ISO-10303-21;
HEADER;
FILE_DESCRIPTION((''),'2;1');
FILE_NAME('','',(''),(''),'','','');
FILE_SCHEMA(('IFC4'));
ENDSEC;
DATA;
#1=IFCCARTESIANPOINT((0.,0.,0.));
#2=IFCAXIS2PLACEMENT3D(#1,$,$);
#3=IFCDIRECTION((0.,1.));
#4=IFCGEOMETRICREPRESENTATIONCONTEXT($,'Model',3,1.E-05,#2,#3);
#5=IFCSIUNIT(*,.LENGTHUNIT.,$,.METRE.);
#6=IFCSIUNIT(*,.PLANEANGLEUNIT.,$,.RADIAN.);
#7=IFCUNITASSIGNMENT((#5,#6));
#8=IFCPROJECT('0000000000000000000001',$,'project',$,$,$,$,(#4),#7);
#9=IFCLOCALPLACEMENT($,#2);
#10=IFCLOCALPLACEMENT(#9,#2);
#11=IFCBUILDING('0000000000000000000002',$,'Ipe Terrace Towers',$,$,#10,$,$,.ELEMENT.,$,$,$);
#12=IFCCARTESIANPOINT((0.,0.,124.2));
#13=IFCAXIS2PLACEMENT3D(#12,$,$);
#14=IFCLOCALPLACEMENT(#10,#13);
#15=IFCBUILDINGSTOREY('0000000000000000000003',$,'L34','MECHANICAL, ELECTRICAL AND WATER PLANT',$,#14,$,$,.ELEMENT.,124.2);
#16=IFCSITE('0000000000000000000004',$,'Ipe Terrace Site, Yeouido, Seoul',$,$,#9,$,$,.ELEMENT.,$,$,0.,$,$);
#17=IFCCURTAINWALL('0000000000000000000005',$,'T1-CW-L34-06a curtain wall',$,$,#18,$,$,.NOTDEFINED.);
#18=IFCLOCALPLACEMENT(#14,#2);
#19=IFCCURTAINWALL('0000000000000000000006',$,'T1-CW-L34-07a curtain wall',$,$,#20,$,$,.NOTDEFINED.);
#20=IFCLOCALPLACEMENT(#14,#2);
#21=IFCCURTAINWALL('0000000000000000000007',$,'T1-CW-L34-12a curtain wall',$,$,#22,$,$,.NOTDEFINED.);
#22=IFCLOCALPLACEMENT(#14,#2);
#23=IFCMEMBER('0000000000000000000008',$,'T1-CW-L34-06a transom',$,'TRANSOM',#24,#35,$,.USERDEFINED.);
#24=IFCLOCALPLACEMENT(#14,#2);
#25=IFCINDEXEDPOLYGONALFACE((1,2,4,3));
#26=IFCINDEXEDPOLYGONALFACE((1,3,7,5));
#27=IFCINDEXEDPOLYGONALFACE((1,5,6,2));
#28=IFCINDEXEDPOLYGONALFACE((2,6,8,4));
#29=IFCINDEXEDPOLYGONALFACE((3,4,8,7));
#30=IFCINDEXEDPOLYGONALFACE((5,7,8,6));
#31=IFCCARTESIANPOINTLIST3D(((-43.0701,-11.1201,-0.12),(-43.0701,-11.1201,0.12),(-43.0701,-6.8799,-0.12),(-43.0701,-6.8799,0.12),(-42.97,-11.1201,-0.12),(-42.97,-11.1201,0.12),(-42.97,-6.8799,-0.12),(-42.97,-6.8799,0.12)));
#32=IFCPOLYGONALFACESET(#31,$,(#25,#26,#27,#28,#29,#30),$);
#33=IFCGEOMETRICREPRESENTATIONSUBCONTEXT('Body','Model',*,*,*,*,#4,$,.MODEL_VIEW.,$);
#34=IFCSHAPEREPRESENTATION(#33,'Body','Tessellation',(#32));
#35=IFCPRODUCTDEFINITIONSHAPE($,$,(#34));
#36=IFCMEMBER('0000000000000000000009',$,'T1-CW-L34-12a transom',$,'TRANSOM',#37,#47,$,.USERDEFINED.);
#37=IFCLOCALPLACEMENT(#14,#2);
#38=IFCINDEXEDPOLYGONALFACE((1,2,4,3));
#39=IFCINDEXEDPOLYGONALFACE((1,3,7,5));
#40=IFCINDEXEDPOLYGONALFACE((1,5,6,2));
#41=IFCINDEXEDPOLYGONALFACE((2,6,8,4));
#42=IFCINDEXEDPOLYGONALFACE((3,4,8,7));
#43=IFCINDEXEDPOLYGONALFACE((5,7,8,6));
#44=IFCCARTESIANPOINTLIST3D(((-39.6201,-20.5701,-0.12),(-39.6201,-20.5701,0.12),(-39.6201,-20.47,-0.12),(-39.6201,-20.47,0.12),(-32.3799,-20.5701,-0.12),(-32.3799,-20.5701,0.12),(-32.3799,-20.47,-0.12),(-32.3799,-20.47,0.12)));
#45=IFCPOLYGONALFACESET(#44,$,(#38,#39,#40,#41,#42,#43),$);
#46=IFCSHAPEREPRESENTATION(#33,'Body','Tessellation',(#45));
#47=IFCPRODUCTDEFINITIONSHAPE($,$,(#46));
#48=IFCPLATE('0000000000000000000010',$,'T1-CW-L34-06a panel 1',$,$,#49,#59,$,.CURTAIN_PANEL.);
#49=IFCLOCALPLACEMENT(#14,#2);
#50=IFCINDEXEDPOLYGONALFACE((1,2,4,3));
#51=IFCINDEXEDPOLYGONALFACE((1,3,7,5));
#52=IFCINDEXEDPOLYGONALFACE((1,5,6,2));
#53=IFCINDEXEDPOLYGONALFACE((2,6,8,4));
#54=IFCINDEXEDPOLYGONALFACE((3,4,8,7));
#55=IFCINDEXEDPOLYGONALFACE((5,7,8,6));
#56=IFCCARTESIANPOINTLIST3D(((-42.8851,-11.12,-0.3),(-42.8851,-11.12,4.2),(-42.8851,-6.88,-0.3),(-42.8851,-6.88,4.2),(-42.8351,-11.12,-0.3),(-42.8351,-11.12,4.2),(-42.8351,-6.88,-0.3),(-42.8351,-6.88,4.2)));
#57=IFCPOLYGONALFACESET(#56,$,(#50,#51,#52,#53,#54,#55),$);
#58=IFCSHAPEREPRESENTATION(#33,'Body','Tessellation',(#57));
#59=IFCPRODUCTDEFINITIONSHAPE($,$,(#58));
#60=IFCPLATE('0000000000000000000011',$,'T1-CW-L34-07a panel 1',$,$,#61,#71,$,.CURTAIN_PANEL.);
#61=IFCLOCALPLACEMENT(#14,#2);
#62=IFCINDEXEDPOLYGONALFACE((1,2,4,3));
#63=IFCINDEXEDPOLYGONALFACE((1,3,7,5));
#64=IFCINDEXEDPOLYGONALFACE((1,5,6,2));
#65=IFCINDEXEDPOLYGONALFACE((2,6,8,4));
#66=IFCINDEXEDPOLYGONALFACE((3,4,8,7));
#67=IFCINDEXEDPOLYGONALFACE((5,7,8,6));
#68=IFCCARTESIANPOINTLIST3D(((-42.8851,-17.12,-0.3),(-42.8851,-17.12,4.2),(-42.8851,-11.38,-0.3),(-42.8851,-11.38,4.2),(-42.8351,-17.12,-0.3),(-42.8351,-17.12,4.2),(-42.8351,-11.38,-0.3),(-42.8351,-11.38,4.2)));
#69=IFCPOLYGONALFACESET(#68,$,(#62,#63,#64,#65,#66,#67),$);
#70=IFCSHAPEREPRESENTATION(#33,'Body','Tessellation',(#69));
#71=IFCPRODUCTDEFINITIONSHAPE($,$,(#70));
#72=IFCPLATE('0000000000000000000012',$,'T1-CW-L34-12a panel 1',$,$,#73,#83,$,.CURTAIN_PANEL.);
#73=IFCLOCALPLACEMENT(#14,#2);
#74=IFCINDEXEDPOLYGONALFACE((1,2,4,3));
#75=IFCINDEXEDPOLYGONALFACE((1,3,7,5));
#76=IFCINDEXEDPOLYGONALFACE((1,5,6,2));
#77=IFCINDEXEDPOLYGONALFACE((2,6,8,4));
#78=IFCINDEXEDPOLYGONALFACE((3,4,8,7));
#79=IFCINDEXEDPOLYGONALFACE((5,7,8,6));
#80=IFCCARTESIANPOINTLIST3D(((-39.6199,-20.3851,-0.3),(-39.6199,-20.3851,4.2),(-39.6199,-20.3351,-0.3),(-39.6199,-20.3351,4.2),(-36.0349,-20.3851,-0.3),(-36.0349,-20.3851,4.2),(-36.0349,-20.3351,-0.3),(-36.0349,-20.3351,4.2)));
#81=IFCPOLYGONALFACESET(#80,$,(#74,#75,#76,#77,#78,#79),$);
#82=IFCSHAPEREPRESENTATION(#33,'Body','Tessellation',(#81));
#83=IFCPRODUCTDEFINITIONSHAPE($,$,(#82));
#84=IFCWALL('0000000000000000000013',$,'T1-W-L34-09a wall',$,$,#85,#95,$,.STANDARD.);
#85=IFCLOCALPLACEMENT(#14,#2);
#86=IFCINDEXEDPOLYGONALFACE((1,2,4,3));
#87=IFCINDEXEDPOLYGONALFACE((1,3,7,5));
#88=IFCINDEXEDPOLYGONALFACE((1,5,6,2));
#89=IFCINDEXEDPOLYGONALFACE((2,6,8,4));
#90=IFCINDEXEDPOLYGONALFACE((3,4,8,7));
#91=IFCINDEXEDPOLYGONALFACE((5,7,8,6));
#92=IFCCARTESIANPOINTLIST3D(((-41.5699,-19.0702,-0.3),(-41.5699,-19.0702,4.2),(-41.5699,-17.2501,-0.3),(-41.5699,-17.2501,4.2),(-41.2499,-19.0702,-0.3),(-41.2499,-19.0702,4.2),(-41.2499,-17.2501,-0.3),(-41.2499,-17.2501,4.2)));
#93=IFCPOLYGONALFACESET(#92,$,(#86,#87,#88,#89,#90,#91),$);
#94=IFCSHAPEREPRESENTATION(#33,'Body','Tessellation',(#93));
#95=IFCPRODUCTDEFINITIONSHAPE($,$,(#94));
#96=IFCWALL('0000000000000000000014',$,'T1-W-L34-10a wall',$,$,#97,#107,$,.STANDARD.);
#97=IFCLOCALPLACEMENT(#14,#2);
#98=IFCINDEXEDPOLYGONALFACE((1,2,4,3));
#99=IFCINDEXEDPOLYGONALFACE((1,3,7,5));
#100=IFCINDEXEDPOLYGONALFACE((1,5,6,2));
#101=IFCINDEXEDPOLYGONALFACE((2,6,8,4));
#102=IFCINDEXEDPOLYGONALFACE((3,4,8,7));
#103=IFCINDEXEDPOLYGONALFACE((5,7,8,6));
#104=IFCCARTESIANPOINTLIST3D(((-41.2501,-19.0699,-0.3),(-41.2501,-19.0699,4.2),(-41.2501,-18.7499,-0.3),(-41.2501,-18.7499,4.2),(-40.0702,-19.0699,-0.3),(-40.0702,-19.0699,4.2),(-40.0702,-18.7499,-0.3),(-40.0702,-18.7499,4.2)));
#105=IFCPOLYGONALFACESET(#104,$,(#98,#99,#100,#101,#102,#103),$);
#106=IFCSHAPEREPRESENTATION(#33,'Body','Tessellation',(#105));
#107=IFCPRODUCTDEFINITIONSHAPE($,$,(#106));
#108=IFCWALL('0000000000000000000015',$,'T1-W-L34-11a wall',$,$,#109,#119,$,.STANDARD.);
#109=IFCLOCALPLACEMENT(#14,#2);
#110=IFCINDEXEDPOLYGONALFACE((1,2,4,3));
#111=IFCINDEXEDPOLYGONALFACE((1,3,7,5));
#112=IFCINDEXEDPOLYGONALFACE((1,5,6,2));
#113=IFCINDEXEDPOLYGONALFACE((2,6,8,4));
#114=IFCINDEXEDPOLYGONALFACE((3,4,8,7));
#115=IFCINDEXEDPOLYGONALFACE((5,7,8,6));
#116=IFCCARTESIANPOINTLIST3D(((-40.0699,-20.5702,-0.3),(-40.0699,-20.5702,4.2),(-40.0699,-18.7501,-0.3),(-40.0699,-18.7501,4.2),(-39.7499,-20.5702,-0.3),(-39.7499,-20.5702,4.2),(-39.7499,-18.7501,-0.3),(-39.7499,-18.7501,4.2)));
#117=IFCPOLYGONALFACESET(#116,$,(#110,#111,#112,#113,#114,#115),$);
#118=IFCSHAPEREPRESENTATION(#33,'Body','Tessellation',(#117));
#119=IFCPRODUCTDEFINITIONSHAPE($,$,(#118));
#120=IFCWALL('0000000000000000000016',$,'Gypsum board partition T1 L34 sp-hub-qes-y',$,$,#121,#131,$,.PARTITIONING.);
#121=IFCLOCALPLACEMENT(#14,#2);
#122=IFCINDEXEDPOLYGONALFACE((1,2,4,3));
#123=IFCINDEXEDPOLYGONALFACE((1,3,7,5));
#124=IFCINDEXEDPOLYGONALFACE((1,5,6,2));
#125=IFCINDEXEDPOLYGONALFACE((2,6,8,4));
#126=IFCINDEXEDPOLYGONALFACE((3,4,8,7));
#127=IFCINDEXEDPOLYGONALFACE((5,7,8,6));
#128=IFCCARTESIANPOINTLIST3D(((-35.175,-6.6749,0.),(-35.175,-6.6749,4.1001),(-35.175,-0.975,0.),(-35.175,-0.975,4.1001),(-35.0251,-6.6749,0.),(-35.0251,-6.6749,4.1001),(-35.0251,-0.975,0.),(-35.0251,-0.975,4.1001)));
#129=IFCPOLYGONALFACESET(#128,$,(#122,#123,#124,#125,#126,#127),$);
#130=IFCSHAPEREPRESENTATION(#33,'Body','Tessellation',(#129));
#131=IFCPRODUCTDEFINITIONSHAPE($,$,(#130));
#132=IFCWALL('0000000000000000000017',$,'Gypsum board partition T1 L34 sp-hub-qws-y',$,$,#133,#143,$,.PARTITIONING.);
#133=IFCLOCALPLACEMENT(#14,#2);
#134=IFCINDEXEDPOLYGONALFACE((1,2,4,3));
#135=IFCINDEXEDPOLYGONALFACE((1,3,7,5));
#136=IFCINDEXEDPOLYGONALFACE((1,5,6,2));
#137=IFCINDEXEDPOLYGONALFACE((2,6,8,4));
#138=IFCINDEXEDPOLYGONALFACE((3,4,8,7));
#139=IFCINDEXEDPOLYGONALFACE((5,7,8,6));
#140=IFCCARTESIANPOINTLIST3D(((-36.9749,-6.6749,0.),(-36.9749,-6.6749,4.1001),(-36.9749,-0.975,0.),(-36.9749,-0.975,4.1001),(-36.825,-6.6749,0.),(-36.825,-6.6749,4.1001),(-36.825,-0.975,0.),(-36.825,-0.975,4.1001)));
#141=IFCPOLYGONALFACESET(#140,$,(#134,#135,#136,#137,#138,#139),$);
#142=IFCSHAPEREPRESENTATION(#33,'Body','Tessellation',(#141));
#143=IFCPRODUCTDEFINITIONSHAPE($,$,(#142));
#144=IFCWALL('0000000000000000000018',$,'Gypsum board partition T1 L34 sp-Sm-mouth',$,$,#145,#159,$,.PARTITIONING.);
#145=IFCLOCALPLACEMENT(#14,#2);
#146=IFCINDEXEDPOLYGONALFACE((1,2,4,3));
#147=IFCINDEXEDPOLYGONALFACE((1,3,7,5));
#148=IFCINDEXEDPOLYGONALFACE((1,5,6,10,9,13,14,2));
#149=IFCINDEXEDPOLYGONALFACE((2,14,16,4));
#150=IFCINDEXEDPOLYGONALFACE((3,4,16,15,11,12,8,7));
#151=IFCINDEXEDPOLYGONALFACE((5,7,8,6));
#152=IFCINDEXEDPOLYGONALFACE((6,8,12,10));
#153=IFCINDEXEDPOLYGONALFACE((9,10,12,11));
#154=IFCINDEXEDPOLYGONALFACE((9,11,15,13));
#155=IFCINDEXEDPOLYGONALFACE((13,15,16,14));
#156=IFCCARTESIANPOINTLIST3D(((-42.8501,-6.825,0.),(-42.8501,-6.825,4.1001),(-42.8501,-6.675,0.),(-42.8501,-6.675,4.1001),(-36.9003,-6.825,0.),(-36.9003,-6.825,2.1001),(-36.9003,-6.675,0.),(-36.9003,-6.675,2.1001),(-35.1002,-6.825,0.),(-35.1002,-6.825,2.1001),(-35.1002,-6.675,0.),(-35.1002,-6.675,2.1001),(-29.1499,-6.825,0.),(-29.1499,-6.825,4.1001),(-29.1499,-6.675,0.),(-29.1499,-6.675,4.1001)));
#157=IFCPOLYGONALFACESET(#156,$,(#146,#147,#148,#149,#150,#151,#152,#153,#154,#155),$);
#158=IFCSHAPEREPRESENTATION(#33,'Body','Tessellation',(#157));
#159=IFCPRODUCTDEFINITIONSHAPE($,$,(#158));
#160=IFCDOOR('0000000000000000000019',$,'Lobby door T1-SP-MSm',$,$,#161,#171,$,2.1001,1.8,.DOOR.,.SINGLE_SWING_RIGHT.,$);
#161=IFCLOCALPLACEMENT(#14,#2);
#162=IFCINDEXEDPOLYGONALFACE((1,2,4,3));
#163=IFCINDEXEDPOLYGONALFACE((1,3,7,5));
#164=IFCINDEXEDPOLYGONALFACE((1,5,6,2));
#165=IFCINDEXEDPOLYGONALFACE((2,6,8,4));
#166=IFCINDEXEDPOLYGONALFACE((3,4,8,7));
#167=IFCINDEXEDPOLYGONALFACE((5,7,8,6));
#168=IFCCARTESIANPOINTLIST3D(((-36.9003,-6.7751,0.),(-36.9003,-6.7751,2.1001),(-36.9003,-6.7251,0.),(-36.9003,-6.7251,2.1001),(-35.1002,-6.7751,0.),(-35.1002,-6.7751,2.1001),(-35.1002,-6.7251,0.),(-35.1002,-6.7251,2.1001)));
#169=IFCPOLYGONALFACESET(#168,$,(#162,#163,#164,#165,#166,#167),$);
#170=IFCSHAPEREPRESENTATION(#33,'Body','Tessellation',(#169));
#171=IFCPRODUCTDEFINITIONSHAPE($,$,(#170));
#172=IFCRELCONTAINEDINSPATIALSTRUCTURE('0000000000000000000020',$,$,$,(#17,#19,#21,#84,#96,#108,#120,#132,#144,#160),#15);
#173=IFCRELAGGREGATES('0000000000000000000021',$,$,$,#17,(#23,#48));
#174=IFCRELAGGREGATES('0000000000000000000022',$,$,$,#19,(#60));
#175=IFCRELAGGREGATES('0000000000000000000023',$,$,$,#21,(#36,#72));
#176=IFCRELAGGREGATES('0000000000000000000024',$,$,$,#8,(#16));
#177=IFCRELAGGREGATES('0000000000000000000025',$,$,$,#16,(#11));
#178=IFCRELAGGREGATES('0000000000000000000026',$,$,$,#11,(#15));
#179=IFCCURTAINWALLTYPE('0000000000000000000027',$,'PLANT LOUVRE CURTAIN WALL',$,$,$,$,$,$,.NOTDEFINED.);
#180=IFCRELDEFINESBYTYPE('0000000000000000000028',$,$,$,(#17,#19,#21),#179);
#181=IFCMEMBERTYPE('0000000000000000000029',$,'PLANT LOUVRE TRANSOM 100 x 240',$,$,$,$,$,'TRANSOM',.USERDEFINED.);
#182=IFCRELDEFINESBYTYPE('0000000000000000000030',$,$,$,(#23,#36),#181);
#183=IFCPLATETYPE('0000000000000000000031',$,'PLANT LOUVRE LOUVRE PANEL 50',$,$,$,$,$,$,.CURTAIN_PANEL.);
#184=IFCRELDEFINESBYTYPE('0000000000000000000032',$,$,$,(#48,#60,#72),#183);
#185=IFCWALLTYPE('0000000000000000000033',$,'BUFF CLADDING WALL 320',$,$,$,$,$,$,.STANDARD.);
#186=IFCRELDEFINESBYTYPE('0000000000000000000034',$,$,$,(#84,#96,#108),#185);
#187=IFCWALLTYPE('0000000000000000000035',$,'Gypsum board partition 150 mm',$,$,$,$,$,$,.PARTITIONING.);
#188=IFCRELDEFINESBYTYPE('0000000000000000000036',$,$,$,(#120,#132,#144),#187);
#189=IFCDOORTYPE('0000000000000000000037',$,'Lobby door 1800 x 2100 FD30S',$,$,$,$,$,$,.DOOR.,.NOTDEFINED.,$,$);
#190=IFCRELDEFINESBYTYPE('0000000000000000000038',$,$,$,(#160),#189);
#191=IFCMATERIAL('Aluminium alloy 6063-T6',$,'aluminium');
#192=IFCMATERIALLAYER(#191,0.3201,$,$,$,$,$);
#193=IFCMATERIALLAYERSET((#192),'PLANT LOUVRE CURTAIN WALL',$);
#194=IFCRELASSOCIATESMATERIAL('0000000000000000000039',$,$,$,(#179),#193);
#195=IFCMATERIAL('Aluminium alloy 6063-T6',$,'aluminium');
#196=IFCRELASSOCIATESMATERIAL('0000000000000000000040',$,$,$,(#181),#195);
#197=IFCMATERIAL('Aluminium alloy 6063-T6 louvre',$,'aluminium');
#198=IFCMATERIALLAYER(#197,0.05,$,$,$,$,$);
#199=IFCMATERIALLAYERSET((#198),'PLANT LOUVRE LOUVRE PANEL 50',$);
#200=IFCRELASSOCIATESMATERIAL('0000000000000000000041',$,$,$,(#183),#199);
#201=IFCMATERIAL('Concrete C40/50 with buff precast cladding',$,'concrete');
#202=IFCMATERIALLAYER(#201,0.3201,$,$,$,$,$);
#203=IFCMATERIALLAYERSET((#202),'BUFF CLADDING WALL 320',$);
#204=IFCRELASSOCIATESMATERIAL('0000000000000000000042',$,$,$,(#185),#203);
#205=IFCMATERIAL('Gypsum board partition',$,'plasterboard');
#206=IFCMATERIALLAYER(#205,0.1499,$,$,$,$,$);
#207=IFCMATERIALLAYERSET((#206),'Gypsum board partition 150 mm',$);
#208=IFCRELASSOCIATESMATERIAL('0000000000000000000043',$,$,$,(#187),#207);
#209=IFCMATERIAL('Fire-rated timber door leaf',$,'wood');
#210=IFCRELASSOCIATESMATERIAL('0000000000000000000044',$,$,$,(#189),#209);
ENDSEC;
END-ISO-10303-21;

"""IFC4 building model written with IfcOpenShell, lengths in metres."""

from ifc_helpers import new_model, si_unit, direction, frame, frame_2d, origin, origin_2d, place, context, subcontext, project, spatial, rectangle, extrude, material, layer, layer_set, material_profile, profile_set, type_object, element, fill, aggregate, save


model = new_model("IFC4")

# Units and contexts
model_context = context("Model", 3, precision=1e-05, world=origin(), true_north=direction((0.0, 1.0)))
body_context = subcontext(model_context, "Body", "Model", "MODEL_VIEW")
ifc_project = project(units=[si_unit("LENGTHUNIT", "METRE"), si_unit("PLANEANGLEUNIT", "RADIAN")], contexts=[model_context])

# Site, building, storey
site_placement = place(None, origin())
site = spatial("IfcSite", under=ifc_project, at=site_placement, Name="Ipe Terrace Site, Yeouido, Seoul", CompositionType="ELEMENT", RefElevation=0.0)
building_placement = place(site_placement, origin())
building = spatial("IfcBuilding", under=site, at=building_placement, Name="Ipe Terrace Towers", CompositionType="ELEMENT")
storey_placement = place(building_placement, frame((0.0, 0.0, 124.2)))
storey = spatial("IfcBuildingStorey", under=building, at=storey_placement, Name="L34", Description="MECHANICAL, ELECTRICAL AND WATER PLANT", CompositionType="ELEMENT", Elevation=124.2)

# Curtain walls
ifc_material_1 = material(Name="Aluminium alloy 6063-T6", Category="aluminium")
ifc_layer_1 = layer(ifc_material_1, 0.3201)
ifc_layer_set_1 = layer_set([ifc_layer_1], Name="PLANT LOUVRE CURTAIN WALL")
curtain_wall_type = type_object("IfcCurtainWallType", Name="PLANT LOUVRE CURTAIN WALL", PredefinedType="NOTDEFINED", material=ifc_layer_set_1)
curtain_wall_1_placement = place(storey_placement, origin())
curtain_wall_1 = element("IfcCurtainWall", 1, at=curtain_wall_1_placement, inside=storey, type_object=curtain_wall_type, Name="T1-CW-L34-06a curtain wall", PredefinedType="NOTDEFINED")
curtain_wall_2_placement = place(storey_placement, origin())
curtain_wall_2 = element("IfcCurtainWall", 2, at=curtain_wall_2_placement, inside=storey, type_object=curtain_wall_type, Name="T1-CW-L34-07a curtain wall", PredefinedType="NOTDEFINED")
curtain_wall_3_placement = place(storey_placement, origin())
curtain_wall_3 = element("IfcCurtainWall", 3, at=curtain_wall_3_placement, inside=storey, type_object=curtain_wall_type, Name="T1-CW-L34-12a curtain wall", PredefinedType="NOTDEFINED")

# Members
ifc_material_2 = material(Name="Aluminium alloy 6063-T6", Category="aluminium")
ifc_material_profile_1 = material_profile(ifc_material_2, rectangle(XDim=0.1001, YDim=0.24, at=origin_2d()), Name="PLANT LOUVRE TRANSOM 100 x 240")
ifc_profile_set_1 = profile_set([ifc_material_profile_1], Name="Aluminium alloy 6063-T6")
member_type_1 = type_object("IfcMemberType", Name="PLANT LOUVRE TRANSOM 100 x 240", ElementType="TRANSOM", PredefinedType="USERDEFINED", material=ifc_profile_set_1)
member_1_placement = place(storey_placement, frame((-43.02, -6.8799, 0.0), z_axis=(0.0, -1.0, 0.0), x_axis=(-1.0, 0.0, 0.0)))
member_1 = element("IfcMember", 4, at=member_1_placement, type_object=member_type_1, Name="T1-CW-L34-06a transom", ObjectType="TRANSOM", PredefinedType="USERDEFINED", context=body_context, shape_type="SweptSolid", body=[
    extrude(rectangle(XDim=0.1001, YDim=0.24, at=origin_2d()), origin(), (0.0, 0.0, 1.0), 4.2402),
])
member_2_placement = place(storey_placement, frame((-39.6201, -20.52, 0.0), z_axis=(1.0, 0.0, 0.0), x_axis=(0.0, -1.0, 0.0)))
member_2 = element("IfcMember", 5, at=member_2_placement, type_object=member_type_1, Name="T1-CW-L34-12a transom", ObjectType="TRANSOM", PredefinedType="USERDEFINED", context=body_context, shape_type="SweptSolid", body=[
    extrude(rectangle(XDim=0.1001, YDim=0.24, at=origin_2d()), origin(), (0.0, 0.0, 1.0), 7.2402),
])

# Plates
ifc_material_3 = material(Name="Aluminium alloy 6063-T6 louvre", Category="aluminium")
ifc_layer_2 = layer(ifc_material_3, 0.05)
ifc_layer_set_2 = layer_set([ifc_layer_2], Name="PLANT LOUVRE LOUVRE PANEL 50")
plate_type = type_object("IfcPlateType", Name="PLANT LOUVRE LOUVRE PANEL 50", PredefinedType="CURTAIN_PANEL", material=ifc_layer_set_2)
plate_1_placement = place(storey_placement, frame((-42.8601, -9.0, -0.3), z_axis=(0.0, 0.0, 1.0), x_axis=(0.0, -1.0, 0.0)))
plate_1 = element("IfcPlate", 6, at=plate_1_placement, type_object=plate_type, Name="T1-CW-L34-06a panel 1", PredefinedType="CURTAIN_PANEL", context=body_context, shape_type="SweptSolid", body=[
    extrude(rectangle(XDim=4.24, YDim=0.05, at=origin_2d()), origin(), (0.0, 0.0, 1.0), 4.5),
])
aggregate(curtain_wall_1, [member_1, plate_1])
plate_2_placement = place(storey_placement, frame((-42.8601, -14.25, -0.3), z_axis=(0.0, 0.0, 1.0), x_axis=(0.0, -1.0, 0.0)))
plate_2 = element("IfcPlate", 7, at=plate_2_placement, type_object=plate_type, Name="T1-CW-L34-07a panel 1", PredefinedType="CURTAIN_PANEL", context=body_context, shape_type="SweptSolid", body=[
    extrude(rectangle(XDim=5.74, YDim=0.05, at=origin_2d()), origin(), (0.0, 0.0, 1.0), 4.5),
])
aggregate(curtain_wall_2, [plate_2])
plate_3_placement = place(storey_placement, frame((-37.8274, -20.3601, -0.3), z_axis=(0.0, 0.0, 1.0), x_axis=(1.0, 0.0, 0.0)))
plate_3 = element("IfcPlate", 8, at=plate_3_placement, type_object=plate_type, Name="T1-CW-L34-12a panel 1", PredefinedType="CURTAIN_PANEL", context=body_context, shape_type="SweptSolid", body=[
    extrude(rectangle(XDim=3.585, YDim=0.05, at=origin_2d()), origin(), (0.0, 0.0, 1.0), 4.5),
])
aggregate(curtain_wall_3, [member_2, plate_3])

# Walls
ifc_material_4 = material(Name="Concrete C40/50 with buff precast cladding", Category="concrete")
ifc_layer_3 = layer(ifc_material_4, 0.3201)
ifc_layer_set_3 = layer_set([ifc_layer_3], Name="BUFF CLADDING WALL 320")
wall_type_1 = type_object("IfcWallType", Name="BUFF CLADDING WALL 320", PredefinedType="STANDARD", material=ifc_layer_set_3)
wall_1_placement = place(storey_placement, frame((-41.4099, -17.25, -0.3), z_axis=(0.0, 0.0, 1.0), x_axis=(0.0, -1.0, 0.0)))
element("IfcWall", 9, at=wall_1_placement, inside=storey, type_object=wall_type_1, Name="T1-W-L34-09a wall", PredefinedType="STANDARD", context=body_context, shape_type="SweptSolid", body=[
    extrude(rectangle(XDim=1.8201, YDim=0.3201, at=frame_2d((0.9102, 0.0))), origin(), (0.0, 0.0, 1.0), 4.5),
])
wall_2_placement = place(storey_placement, frame((-41.25, -18.9099, -0.3), z_axis=(0.0, 0.0, 1.0), x_axis=(1.0, 0.0, 0.0)))
element("IfcWall", 10, at=wall_2_placement, inside=storey, type_object=wall_type_1, Name="T1-W-L34-10a wall", PredefinedType="STANDARD", context=body_context, shape_type="SweptSolid", body=[
    extrude(rectangle(XDim=1.1799, YDim=0.3201, at=frame_2d((0.5898, 0.0))), origin(), (0.0, 0.0, 1.0), 4.5),
])
wall_3_placement = place(storey_placement, frame((-39.9099, -18.75, -0.3), z_axis=(0.0, 0.0, 1.0), x_axis=(0.0, -1.0, 0.0)))
element("IfcWall", 11, at=wall_3_placement, inside=storey, type_object=wall_type_1, Name="T1-W-L34-11a wall", PredefinedType="STANDARD", context=body_context, shape_type="SweptSolid", body=[
    extrude(rectangle(XDim=1.8201, YDim=0.3201, at=frame_2d((0.9102, 0.0))), origin(), (0.0, 0.0, 1.0), 4.5),
])
ifc_material_5 = material(Name="Gypsum board partition", Category="plasterboard")
ifc_layer_4 = layer(ifc_material_5, 0.1499)
ifc_layer_set_4 = layer_set([ifc_layer_4], Name="Gypsum board partition 150 mm")
wall_type_2 = type_object("IfcWallType", Name="Gypsum board partition 150 mm", PredefinedType="PARTITIONING", material=ifc_layer_set_4)
for number, where, z_axis, x_axis, name in (
    (12, (-35.1001, -6.675, 0.0), (0.0, 0.0, 1.0), (0.0, 1.0, 0.0), "Gypsum board partition T1 L34 sp-hub-qes-y"),
    (13, (-36.8999, -6.675, 0.0), (0.0, 0.0, 1.0), (0.0, 1.0, 0.0), "Gypsum board partition T1 L34 sp-hub-qws-y"),
):
    element("IfcWall", number, at=place(storey_placement, frame(where, z_axis=z_axis, x_axis=x_axis)), inside=storey, type_object=wall_type_2, Name=name, PredefinedType="PARTITIONING", context=body_context, shape_type="SweptSolid", body=[
        extrude(rectangle(XDim=5.7, YDim=0.1499, at=frame_2d((2.8501, 0.0))), origin(), (0.0, 0.0, 1.0), 4.1001),
    ])

# Wall, opening, door
wall_4_placement = place(storey_placement, frame((-42.8501, -6.75, 0.0), z_axis=(0.0, 0.0, 1.0), x_axis=(1.0, 0.0, 0.0)))
wall_4 = element("IfcWall", 14, at=wall_4_placement, inside=storey, type_object=wall_type_2, Name="Gypsum board partition T1 L34 sp-Sm-mouth", PredefinedType="PARTITIONING", context=body_context, shape_type="SweptSolid", body=[
    extrude(rectangle(XDim=13.7002, YDim=0.1499, at=frame_2d((6.8501, 0.0))), origin(), (0.0, 0.0, 1.0), 4.1001),
])
opening_1_placement = place(wall_4_placement, frame((5.95, 0.0, 0.0)))
opening_1 = element("IfcOpeningElement", 15, at=opening_1_placement, cuts=wall_4, PredefinedType="OPENING", context=body_context, shape_type="SweptSolid", body=[
    extrude(rectangle(XDim=1.8, YDim=2.1001, at=frame_2d((0.8999, 1.05))), frame((0.0, 0.085, 0.0), z_axis=(0.0, -1.0, 0.0), x_axis=(1.0, 0.0, 0.0)), (0.0, 0.0, 1.0), 0.1699),
])
ifc_material_6 = material(Name="Fire-rated timber door leaf", Category="wood")
door_type_1 = type_object("IfcDoorType", Name="Lobby door 1800 x 2100 FD30S", OperationType="NOTDEFINED", PredefinedType="DOOR", material=ifc_material_6)
door_1_placement = place(opening_1_placement, origin())
door_1 = element("IfcDoor", 16, at=door_1_placement, inside=storey, type_object=door_type_1, Name="Lobby door T1-SP-MSm", OperationType="SINGLE_SWING_RIGHT", OverallHeight=2.1001, OverallWidth=1.8, PredefinedType="DOOR", context=body_context, shape_type="SweptSolid", body=[
    extrude(rectangle(XDim=1.8, YDim=2.1001, at=frame_2d((0.8999, 1.05))), frame((0.0, 0.0249, 0.0), z_axis=(0.0, -1.0, 0.0), x_axis=(1.0, 0.0, 0.0)), (0.0, 0.0, 1.0), 0.05),
])
fill(opening_1, door_1)

save(model, "model.ifc")
